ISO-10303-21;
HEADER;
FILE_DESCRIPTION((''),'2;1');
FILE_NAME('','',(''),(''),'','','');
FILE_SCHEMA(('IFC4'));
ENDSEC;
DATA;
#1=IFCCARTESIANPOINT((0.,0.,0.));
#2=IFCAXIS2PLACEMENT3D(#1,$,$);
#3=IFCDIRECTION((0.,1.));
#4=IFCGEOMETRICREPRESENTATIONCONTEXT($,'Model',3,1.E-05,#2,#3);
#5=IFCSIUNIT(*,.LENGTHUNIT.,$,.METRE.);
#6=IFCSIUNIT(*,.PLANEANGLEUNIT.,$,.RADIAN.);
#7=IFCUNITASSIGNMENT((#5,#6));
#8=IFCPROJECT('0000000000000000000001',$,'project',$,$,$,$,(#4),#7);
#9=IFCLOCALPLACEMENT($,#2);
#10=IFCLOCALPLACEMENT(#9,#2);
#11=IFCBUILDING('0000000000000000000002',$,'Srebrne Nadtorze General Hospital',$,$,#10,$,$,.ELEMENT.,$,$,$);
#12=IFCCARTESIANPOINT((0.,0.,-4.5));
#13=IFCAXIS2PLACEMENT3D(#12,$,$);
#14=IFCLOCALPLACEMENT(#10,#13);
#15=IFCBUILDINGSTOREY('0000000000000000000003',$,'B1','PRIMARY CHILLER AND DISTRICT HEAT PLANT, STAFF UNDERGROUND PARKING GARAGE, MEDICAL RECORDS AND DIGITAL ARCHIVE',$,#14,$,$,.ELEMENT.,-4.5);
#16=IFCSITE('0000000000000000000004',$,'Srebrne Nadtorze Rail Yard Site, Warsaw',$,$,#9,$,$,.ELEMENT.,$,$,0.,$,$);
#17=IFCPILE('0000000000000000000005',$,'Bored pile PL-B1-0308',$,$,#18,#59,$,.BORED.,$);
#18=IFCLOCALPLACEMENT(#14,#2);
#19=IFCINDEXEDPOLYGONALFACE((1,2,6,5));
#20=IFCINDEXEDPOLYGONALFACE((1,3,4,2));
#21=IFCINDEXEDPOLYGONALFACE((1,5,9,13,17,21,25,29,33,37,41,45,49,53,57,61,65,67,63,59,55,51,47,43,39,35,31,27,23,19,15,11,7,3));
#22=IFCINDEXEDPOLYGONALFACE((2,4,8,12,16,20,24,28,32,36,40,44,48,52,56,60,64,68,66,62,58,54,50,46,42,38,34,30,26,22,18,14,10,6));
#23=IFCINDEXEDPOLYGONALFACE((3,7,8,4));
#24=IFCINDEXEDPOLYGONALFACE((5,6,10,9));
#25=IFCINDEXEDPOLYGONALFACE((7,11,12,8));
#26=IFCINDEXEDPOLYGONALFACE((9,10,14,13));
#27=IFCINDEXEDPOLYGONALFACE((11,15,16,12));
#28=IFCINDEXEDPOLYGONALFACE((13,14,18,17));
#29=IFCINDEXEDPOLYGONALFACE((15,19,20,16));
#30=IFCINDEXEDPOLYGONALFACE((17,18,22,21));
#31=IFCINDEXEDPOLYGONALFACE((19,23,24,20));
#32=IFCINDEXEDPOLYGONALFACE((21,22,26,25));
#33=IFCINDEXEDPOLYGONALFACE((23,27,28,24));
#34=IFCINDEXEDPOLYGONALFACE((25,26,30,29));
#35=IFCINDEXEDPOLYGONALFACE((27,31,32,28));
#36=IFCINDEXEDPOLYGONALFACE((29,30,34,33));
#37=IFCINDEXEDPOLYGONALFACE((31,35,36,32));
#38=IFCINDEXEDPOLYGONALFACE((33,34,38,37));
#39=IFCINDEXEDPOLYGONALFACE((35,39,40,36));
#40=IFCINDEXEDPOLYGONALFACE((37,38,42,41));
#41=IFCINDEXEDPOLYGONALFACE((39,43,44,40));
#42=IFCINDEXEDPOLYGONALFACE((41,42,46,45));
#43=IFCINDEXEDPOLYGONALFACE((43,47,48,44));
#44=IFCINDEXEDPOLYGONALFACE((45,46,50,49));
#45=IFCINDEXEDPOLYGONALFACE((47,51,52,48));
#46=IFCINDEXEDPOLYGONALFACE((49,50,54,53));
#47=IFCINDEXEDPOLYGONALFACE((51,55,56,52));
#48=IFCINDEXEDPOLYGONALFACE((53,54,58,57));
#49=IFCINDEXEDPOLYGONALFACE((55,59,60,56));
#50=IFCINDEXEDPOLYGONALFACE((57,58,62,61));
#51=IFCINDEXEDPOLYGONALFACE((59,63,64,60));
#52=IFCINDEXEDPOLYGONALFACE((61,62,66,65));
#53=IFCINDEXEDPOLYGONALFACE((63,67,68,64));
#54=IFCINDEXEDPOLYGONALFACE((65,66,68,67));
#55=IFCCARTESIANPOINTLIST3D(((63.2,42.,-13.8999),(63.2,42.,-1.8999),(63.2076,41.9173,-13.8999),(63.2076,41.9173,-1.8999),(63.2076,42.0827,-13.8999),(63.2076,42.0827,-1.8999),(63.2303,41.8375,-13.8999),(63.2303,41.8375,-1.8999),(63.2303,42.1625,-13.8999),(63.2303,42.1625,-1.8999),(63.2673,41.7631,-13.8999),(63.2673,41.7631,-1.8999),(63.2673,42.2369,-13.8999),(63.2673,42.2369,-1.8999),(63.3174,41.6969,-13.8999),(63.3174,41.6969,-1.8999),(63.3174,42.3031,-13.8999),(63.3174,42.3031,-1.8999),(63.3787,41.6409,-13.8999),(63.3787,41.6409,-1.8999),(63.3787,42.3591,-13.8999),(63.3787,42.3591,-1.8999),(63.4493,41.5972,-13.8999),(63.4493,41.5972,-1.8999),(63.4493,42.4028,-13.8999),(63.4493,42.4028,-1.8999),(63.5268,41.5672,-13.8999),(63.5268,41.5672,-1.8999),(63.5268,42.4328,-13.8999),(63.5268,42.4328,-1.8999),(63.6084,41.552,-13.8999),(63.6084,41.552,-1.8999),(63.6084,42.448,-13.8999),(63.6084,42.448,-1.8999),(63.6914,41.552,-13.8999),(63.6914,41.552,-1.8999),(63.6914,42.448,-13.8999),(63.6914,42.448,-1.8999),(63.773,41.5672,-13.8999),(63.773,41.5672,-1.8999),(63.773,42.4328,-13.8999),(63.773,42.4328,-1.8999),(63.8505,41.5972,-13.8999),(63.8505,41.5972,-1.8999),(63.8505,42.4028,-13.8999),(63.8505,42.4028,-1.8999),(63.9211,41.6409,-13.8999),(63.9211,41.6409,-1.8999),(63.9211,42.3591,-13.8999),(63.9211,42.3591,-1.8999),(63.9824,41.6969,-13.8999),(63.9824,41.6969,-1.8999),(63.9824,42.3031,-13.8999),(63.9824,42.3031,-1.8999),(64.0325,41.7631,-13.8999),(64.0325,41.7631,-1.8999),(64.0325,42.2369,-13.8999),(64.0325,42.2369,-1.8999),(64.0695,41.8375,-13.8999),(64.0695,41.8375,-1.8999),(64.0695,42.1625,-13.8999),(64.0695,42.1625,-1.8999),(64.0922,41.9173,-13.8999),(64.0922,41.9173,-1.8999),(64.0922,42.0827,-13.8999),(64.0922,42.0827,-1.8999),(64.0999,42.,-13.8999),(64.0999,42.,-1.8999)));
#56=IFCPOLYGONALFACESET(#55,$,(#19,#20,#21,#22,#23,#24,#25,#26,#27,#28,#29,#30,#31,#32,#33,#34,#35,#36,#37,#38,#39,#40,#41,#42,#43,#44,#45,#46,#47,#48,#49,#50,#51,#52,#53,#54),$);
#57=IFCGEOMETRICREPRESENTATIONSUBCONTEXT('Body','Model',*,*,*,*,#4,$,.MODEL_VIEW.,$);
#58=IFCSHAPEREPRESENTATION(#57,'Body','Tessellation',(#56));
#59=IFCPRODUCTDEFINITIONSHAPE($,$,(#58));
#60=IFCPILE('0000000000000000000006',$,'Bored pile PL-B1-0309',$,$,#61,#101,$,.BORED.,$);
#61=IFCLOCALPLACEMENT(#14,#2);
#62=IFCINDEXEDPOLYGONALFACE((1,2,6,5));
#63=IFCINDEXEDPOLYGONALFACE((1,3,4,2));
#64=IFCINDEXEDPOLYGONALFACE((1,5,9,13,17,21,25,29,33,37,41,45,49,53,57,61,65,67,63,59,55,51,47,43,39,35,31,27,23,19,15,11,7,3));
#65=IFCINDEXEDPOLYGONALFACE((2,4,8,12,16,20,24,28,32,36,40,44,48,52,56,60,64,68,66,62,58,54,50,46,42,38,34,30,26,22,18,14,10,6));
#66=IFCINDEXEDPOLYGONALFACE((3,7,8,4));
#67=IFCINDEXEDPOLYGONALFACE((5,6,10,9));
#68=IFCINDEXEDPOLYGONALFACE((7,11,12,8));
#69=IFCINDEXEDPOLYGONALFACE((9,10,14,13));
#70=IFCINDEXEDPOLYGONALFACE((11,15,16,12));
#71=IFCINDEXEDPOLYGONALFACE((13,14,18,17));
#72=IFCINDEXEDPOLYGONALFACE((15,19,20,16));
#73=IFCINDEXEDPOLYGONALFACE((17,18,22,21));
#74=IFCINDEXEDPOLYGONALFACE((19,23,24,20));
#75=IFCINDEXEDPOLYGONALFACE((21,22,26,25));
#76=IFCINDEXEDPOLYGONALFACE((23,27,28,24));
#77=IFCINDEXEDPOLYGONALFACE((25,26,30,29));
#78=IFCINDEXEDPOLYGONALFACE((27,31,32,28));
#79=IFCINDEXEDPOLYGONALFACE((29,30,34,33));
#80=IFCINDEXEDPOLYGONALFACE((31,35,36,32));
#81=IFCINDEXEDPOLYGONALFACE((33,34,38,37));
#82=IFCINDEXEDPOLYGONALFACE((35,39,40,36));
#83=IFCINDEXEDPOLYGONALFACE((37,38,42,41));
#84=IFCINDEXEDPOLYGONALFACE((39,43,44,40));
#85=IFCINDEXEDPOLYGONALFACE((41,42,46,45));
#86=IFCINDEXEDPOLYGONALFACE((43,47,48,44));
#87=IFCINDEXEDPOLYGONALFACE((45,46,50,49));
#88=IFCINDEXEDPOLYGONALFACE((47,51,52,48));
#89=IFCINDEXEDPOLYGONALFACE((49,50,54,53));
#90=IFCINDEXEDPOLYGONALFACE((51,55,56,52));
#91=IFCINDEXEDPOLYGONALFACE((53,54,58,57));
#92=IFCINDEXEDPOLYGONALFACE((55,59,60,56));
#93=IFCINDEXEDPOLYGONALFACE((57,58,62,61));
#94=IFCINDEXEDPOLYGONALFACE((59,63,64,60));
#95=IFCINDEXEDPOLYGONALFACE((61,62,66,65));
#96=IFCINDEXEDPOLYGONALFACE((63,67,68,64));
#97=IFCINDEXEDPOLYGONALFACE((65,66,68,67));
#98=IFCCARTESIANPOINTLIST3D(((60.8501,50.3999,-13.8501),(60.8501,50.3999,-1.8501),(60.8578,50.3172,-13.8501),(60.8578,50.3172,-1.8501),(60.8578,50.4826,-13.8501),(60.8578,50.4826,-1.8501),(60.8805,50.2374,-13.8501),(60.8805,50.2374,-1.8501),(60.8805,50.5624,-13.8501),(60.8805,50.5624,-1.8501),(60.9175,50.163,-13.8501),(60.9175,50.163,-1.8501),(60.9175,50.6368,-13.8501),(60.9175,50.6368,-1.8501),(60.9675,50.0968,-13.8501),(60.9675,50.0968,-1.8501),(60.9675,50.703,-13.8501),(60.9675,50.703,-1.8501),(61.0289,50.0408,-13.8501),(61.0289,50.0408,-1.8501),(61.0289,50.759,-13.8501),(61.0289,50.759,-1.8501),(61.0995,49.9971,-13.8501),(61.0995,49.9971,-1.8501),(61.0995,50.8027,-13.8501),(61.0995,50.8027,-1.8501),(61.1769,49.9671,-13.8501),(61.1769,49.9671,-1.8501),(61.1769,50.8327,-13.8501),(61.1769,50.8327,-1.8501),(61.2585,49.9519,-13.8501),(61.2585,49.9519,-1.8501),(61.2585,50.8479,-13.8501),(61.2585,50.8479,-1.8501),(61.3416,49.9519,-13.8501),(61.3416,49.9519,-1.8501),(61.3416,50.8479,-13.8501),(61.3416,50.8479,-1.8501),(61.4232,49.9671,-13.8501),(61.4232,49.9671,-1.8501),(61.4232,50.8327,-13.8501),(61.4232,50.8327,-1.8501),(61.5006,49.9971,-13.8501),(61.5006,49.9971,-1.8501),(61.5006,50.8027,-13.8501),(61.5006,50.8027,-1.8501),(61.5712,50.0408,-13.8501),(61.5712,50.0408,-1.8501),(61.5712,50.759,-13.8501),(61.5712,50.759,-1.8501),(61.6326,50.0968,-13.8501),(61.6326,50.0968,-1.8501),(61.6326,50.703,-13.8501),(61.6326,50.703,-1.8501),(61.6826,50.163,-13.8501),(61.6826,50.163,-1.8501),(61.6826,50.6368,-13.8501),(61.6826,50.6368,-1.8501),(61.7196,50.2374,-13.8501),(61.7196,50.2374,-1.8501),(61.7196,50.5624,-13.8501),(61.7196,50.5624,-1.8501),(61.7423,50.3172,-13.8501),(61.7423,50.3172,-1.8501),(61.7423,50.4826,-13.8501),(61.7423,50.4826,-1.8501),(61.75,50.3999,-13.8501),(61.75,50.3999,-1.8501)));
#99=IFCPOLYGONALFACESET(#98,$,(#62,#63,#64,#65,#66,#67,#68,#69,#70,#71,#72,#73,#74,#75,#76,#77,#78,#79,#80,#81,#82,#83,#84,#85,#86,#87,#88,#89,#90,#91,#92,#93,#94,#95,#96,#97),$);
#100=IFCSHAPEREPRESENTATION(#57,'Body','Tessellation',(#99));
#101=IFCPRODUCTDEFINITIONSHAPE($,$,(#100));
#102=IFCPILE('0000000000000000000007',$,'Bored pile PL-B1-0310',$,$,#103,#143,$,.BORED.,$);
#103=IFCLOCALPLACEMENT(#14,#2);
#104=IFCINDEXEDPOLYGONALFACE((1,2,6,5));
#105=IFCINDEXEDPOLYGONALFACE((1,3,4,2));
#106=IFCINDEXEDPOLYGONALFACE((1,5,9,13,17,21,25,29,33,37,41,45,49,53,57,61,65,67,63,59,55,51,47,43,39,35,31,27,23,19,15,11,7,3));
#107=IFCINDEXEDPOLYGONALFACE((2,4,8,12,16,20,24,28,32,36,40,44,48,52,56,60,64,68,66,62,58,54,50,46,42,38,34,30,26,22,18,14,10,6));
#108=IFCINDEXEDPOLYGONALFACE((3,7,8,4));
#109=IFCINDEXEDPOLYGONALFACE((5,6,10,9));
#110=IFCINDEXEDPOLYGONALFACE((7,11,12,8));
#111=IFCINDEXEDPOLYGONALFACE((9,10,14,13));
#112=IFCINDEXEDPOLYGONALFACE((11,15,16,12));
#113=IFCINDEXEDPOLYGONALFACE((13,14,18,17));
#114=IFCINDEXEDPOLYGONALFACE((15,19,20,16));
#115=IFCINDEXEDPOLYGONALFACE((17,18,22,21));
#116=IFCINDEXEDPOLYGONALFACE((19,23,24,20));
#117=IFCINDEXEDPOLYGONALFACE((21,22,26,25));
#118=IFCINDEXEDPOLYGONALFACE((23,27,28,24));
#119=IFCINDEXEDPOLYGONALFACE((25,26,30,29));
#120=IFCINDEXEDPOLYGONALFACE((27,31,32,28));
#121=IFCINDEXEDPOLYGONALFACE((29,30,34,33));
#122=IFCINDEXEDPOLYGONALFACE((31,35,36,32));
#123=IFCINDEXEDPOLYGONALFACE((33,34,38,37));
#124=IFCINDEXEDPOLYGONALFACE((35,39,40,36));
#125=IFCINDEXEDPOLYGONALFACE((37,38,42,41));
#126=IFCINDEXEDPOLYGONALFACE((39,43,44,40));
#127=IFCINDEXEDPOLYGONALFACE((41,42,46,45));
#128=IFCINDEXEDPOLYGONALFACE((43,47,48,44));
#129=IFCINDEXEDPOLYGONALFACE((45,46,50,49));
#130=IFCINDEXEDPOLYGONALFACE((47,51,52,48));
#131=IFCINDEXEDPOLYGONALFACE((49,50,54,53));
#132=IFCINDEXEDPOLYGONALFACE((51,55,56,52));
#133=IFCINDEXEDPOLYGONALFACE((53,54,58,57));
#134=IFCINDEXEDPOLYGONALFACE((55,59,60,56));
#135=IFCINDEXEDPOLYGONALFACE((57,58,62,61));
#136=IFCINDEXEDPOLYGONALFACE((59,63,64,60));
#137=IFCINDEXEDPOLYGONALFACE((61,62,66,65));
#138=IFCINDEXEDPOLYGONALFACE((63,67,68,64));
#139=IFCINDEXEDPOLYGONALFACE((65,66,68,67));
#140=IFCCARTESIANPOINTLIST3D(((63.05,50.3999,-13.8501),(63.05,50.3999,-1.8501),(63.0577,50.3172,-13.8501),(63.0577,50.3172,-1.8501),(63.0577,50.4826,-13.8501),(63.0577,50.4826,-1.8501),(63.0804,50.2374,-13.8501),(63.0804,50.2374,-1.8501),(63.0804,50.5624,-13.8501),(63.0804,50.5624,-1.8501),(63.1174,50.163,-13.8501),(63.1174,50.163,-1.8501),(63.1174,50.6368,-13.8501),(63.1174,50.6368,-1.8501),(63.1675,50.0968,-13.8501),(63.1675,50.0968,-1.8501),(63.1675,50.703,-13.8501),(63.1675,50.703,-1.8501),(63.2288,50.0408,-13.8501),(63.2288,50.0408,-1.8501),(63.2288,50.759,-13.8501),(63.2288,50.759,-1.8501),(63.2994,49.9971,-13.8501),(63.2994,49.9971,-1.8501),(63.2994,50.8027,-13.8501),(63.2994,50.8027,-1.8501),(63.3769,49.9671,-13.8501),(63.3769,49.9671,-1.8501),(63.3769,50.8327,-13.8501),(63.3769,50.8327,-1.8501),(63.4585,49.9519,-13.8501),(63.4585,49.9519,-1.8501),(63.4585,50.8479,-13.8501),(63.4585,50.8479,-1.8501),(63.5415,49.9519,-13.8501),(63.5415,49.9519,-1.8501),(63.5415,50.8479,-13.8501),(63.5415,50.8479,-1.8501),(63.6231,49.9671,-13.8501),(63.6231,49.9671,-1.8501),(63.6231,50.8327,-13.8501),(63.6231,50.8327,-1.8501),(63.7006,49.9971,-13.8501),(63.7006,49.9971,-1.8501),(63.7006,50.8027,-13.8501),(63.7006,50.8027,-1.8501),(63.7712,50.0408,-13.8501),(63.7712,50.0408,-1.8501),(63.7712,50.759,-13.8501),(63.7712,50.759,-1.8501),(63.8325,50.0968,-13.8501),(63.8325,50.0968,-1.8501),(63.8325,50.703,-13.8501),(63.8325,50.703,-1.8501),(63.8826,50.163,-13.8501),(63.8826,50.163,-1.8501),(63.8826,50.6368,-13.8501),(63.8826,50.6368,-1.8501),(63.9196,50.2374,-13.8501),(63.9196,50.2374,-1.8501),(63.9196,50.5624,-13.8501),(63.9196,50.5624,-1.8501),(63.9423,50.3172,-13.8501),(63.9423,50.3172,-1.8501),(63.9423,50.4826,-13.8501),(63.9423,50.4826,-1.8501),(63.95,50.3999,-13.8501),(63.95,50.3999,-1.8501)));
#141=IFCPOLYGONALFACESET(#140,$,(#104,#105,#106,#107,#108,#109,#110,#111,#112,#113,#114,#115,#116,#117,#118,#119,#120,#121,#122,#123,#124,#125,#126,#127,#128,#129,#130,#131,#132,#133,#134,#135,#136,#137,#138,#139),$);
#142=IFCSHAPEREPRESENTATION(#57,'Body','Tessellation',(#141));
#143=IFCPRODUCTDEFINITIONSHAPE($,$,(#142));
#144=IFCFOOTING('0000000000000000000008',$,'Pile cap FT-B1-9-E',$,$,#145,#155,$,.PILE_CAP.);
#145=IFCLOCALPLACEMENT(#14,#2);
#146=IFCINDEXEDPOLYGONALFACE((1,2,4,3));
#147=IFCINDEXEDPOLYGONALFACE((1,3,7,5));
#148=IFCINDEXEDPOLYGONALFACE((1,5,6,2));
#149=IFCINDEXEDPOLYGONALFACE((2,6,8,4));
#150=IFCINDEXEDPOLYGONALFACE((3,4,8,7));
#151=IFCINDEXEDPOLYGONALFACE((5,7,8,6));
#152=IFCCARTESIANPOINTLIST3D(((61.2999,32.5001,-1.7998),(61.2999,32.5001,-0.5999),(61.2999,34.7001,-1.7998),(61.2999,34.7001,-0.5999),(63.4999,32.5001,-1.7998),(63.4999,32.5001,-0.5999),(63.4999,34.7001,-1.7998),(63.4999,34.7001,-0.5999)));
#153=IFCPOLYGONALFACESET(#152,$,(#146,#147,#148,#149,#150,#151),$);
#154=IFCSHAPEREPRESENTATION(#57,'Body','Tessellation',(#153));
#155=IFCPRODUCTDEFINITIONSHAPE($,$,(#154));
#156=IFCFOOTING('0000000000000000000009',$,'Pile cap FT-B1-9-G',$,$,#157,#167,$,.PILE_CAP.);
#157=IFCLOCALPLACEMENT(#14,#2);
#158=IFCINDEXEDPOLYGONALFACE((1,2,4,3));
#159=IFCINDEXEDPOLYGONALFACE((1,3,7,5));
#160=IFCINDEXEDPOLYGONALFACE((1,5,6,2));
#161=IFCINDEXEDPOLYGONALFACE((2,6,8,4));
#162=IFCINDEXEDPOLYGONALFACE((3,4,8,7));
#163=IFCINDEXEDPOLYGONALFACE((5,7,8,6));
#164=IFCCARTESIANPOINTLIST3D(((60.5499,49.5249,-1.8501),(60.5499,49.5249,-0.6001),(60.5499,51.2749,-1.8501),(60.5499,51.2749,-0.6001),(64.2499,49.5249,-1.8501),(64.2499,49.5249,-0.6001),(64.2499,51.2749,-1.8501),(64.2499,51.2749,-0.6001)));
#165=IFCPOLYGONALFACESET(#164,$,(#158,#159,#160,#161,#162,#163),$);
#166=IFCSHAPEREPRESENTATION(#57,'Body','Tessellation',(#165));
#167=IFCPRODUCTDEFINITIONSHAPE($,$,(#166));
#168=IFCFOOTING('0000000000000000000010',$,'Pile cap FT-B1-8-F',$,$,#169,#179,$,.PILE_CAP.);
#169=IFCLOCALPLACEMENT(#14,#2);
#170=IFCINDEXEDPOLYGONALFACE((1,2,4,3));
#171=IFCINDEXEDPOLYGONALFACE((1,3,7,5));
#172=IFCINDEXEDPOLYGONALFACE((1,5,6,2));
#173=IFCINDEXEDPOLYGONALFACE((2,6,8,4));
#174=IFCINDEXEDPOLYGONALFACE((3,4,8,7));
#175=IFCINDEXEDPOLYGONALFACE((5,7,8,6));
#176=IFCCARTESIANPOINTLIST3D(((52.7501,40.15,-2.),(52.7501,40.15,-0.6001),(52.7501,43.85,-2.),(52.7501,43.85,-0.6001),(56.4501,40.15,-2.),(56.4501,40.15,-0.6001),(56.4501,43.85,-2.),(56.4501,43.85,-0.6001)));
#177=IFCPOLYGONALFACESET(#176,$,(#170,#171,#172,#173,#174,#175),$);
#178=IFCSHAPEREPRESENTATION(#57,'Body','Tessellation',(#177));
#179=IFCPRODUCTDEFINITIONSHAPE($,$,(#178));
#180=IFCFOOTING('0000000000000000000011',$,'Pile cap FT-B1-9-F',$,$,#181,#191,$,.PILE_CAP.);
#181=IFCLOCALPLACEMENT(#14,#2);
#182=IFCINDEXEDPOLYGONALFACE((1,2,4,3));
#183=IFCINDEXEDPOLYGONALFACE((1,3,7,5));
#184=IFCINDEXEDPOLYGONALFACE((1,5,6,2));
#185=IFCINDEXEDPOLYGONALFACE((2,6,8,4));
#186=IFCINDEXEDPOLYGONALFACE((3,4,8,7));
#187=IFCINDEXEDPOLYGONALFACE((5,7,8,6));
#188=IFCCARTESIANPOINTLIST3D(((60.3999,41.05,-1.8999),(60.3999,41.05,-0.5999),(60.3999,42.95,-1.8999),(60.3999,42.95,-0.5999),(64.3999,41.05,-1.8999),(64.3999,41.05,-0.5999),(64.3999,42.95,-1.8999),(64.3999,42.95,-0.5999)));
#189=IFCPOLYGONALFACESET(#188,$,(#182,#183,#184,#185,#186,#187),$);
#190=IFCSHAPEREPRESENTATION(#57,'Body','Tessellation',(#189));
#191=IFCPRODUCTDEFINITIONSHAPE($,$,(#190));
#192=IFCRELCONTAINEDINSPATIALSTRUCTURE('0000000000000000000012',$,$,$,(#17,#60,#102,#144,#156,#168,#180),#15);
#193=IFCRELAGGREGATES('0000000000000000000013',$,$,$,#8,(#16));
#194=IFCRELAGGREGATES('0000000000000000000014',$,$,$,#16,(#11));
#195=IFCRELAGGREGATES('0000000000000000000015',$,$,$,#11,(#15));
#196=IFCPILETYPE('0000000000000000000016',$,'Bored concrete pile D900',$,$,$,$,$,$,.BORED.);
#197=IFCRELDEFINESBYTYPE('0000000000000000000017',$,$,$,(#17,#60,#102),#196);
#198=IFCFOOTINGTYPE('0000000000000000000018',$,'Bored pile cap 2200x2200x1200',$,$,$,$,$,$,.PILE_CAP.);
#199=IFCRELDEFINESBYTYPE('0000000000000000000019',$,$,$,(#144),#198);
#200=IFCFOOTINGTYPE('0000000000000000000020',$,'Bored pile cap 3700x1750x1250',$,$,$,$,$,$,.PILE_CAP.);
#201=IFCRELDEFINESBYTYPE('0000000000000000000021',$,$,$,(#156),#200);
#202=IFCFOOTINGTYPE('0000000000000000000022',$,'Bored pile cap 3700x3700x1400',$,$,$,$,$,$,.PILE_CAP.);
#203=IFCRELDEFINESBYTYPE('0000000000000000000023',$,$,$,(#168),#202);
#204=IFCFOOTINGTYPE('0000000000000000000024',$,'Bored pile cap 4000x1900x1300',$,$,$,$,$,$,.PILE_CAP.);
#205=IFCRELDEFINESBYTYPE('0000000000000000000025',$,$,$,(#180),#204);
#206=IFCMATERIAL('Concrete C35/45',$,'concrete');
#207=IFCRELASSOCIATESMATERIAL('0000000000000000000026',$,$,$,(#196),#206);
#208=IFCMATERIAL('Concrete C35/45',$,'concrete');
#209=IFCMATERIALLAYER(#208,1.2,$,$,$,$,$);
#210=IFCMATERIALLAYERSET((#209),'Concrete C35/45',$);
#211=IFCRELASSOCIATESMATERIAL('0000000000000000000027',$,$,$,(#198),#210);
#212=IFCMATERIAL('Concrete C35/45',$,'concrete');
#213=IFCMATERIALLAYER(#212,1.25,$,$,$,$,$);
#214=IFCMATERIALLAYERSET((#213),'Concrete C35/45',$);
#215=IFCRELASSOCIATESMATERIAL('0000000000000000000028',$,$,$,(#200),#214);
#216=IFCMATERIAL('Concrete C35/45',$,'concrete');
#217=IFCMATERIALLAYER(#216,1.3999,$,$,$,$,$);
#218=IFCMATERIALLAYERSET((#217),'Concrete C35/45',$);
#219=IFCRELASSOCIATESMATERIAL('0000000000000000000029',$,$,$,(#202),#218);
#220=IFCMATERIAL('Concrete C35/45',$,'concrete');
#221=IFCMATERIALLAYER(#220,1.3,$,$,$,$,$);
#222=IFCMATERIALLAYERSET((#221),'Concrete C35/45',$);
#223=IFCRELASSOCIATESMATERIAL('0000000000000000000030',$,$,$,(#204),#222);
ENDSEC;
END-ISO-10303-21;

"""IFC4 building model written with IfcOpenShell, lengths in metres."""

from ifc_helpers import new_model, si_unit, direction, frame, origin, origin_2d, place, context, subcontext, project, spatial, rectangle, circle, extrude, material, layer, layer_set, material_profile, profile_set, type_object, element, save


model = new_model("IFC4")

# Units and contexts
model_context = context("Model", 3, precision=1e-05, world=origin(), true_north=direction((0.0, 1.0)))
body_context = subcontext(model_context, "Body", "Model", "MODEL_VIEW")
ifc_project = project(units=[si_unit("LENGTHUNIT", "METRE"), si_unit("PLANEANGLEUNIT", "RADIAN")], contexts=[model_context])

# Site, building, storey
site_placement = place(None, origin())
site = spatial("IfcSite", under=ifc_project, at=site_placement, Name="Srebrne Nadtorze Rail Yard Site, Warsaw", CompositionType="ELEMENT", RefElevation=0.0)
building_placement = place(site_placement, origin())
building = spatial("IfcBuilding", under=site, at=building_placement, Name="Srebrne Nadtorze General Hospital", CompositionType="ELEMENT")
storey_placement = place(building_placement, frame((0.0, 0.0, -4.5)))
storey = spatial("IfcBuildingStorey", under=building, at=storey_placement, Name="B1", Description="PRIMARY CHILLER AND DISTRICT HEAT PLANT, STAFF UNDERGROUND PARKING GARAGE, MEDICAL RECORDS AND DIGITAL ARCHIVE", CompositionType="ELEMENT", Elevation=-4.5)

# Piles
ifc_material_1 = material(Name="Concrete C35/45", Category="concrete")
ifc_material_profile_1 = material_profile(ifc_material_1, circle(Radius=0.45, at=origin_2d()), Name="PILE-D900")
ifc_profile_set_1 = profile_set([ifc_material_profile_1], Name="Concrete C35/45")
pile_type_1 = type_object("IfcPileType", Name="Bored concrete pile D900", PredefinedType="BORED", material=ifc_profile_set_1)
for number, where, z_axis, x_axis, name in (
    (1, (63.6499, 42.0, -1.8999), (0.0, 0.0, -1.0), (1.0, 0.0, 0.0), "Bored pile PL-B1-0308"),
    (2, (61.3, 50.3999, -1.8501), (0.0, 0.0, -1.0), (1.0, 0.0, 0.0), "Bored pile PL-B1-0309"),
    (3, (63.5, 50.3999, -1.8501), (0.0, 0.0, -1.0), (1.0, 0.0, 0.0), "Bored pile PL-B1-0310"),
):
    element("IfcPile", number, at=place(storey_placement, frame(where, z_axis=z_axis, x_axis=x_axis)), inside=storey, type_object=pile_type_1, Name=name, PredefinedType="BORED", context=body_context, shape_type="SweptSolid", body=[
        extrude(circle(Radius=0.45, at=origin_2d()), origin(), (0.0, 0.0, 1.0), 12.0),
    ])

# Footings
ifc_material_2 = material(Name="Concrete C35/45", Category="concrete")
ifc_layer_1 = layer(ifc_material_2, 1.2)
ifc_layer_set_1 = layer_set([ifc_layer_1], Name="Concrete C35/45")
footing_type_1 = type_object("IfcFootingType", Name="Bored pile cap 2200x2200x1200", PredefinedType="PILE_CAP", material=ifc_layer_set_1)
footing_1_placement = place(storey_placement, frame((62.3999, 33.6001, -1.7998), z_axis=(0.0, 0.0, 1.0), x_axis=(1.0, 0.0, 0.0)))
element("IfcFooting", 4, at=footing_1_placement, inside=storey, type_object=footing_type_1, Name="Pile cap FT-B1-9-E", PredefinedType="PILE_CAP", context=body_context, shape_type="SweptSolid", body=[
    extrude(rectangle(XDim=2.2, YDim=2.2, at=origin_2d()), origin(), (0.0, 0.0, 1.0), 1.2),
])
ifc_material_3 = material(Name="Concrete C35/45", Category="concrete")
ifc_layer_2 = layer(ifc_material_3, 1.25)
ifc_layer_set_2 = layer_set([ifc_layer_2], Name="Concrete C35/45")
footing_type_2 = type_object("IfcFootingType", Name="Bored pile cap 3700x1750x1250", PredefinedType="PILE_CAP", material=ifc_layer_set_2)
footing_2_placement = place(storey_placement, frame((62.3999, 50.3999, -1.8501), z_axis=(0.0, 0.0, 1.0), x_axis=(1.0, 0.0, 0.0)))
element("IfcFooting", 5, at=footing_2_placement, inside=storey, type_object=footing_type_2, Name="Pile cap FT-B1-9-G", PredefinedType="PILE_CAP", context=body_context, shape_type="SweptSolid", body=[
    extrude(rectangle(XDim=3.7, YDim=1.75, at=origin_2d()), origin(), (0.0, 0.0, 1.0), 1.25),
])
ifc_material_4 = material(Name="Concrete C35/45", Category="concrete")
ifc_layer_3 = layer(ifc_material_4, 1.3999)
ifc_layer_set_3 = layer_set([ifc_layer_3], Name="Concrete C35/45")
footing_type_3 = type_object("IfcFootingType", Name="Bored pile cap 3700x3700x1400", PredefinedType="PILE_CAP", material=ifc_layer_set_3)
footing_3_placement = place(storey_placement, frame((54.6001, 42.0, -2.0), z_axis=(0.0, 0.0, 1.0), x_axis=(1.0, 0.0, 0.0)))
element("IfcFooting", 6, at=footing_3_placement, inside=storey, type_object=footing_type_3, Name="Pile cap FT-B1-8-F", PredefinedType="PILE_CAP", context=body_context, shape_type="SweptSolid", body=[
    extrude(rectangle(XDim=3.7, YDim=3.7, at=origin_2d()), origin(), (0.0, 0.0, 1.0), 1.3999),
])
ifc_material_5 = material(Name="Concrete C35/45", Category="concrete")
ifc_layer_4 = layer(ifc_material_5, 1.3)
ifc_layer_set_4 = layer_set([ifc_layer_4], Name="Concrete C35/45")
footing_type_4 = type_object("IfcFootingType", Name="Bored pile cap 4000x1900x1300", PredefinedType="PILE_CAP", material=ifc_layer_set_4)
footing_4_placement = place(storey_placement, frame((62.3999, 42.0, -1.8999), z_axis=(0.0, 0.0, 1.0), x_axis=(1.0, 0.0, 0.0)))
element("IfcFooting", 7, at=footing_4_placement, inside=storey, type_object=footing_type_4, Name="Pile cap FT-B1-9-F", PredefinedType="PILE_CAP", context=body_context, shape_type="SweptSolid", body=[
    extrude(rectangle(XDim=4.0, YDim=1.8999, at=origin_2d()), origin(), (0.0, 0.0, 1.0), 1.3),
])

save(model, "model.ifc")
